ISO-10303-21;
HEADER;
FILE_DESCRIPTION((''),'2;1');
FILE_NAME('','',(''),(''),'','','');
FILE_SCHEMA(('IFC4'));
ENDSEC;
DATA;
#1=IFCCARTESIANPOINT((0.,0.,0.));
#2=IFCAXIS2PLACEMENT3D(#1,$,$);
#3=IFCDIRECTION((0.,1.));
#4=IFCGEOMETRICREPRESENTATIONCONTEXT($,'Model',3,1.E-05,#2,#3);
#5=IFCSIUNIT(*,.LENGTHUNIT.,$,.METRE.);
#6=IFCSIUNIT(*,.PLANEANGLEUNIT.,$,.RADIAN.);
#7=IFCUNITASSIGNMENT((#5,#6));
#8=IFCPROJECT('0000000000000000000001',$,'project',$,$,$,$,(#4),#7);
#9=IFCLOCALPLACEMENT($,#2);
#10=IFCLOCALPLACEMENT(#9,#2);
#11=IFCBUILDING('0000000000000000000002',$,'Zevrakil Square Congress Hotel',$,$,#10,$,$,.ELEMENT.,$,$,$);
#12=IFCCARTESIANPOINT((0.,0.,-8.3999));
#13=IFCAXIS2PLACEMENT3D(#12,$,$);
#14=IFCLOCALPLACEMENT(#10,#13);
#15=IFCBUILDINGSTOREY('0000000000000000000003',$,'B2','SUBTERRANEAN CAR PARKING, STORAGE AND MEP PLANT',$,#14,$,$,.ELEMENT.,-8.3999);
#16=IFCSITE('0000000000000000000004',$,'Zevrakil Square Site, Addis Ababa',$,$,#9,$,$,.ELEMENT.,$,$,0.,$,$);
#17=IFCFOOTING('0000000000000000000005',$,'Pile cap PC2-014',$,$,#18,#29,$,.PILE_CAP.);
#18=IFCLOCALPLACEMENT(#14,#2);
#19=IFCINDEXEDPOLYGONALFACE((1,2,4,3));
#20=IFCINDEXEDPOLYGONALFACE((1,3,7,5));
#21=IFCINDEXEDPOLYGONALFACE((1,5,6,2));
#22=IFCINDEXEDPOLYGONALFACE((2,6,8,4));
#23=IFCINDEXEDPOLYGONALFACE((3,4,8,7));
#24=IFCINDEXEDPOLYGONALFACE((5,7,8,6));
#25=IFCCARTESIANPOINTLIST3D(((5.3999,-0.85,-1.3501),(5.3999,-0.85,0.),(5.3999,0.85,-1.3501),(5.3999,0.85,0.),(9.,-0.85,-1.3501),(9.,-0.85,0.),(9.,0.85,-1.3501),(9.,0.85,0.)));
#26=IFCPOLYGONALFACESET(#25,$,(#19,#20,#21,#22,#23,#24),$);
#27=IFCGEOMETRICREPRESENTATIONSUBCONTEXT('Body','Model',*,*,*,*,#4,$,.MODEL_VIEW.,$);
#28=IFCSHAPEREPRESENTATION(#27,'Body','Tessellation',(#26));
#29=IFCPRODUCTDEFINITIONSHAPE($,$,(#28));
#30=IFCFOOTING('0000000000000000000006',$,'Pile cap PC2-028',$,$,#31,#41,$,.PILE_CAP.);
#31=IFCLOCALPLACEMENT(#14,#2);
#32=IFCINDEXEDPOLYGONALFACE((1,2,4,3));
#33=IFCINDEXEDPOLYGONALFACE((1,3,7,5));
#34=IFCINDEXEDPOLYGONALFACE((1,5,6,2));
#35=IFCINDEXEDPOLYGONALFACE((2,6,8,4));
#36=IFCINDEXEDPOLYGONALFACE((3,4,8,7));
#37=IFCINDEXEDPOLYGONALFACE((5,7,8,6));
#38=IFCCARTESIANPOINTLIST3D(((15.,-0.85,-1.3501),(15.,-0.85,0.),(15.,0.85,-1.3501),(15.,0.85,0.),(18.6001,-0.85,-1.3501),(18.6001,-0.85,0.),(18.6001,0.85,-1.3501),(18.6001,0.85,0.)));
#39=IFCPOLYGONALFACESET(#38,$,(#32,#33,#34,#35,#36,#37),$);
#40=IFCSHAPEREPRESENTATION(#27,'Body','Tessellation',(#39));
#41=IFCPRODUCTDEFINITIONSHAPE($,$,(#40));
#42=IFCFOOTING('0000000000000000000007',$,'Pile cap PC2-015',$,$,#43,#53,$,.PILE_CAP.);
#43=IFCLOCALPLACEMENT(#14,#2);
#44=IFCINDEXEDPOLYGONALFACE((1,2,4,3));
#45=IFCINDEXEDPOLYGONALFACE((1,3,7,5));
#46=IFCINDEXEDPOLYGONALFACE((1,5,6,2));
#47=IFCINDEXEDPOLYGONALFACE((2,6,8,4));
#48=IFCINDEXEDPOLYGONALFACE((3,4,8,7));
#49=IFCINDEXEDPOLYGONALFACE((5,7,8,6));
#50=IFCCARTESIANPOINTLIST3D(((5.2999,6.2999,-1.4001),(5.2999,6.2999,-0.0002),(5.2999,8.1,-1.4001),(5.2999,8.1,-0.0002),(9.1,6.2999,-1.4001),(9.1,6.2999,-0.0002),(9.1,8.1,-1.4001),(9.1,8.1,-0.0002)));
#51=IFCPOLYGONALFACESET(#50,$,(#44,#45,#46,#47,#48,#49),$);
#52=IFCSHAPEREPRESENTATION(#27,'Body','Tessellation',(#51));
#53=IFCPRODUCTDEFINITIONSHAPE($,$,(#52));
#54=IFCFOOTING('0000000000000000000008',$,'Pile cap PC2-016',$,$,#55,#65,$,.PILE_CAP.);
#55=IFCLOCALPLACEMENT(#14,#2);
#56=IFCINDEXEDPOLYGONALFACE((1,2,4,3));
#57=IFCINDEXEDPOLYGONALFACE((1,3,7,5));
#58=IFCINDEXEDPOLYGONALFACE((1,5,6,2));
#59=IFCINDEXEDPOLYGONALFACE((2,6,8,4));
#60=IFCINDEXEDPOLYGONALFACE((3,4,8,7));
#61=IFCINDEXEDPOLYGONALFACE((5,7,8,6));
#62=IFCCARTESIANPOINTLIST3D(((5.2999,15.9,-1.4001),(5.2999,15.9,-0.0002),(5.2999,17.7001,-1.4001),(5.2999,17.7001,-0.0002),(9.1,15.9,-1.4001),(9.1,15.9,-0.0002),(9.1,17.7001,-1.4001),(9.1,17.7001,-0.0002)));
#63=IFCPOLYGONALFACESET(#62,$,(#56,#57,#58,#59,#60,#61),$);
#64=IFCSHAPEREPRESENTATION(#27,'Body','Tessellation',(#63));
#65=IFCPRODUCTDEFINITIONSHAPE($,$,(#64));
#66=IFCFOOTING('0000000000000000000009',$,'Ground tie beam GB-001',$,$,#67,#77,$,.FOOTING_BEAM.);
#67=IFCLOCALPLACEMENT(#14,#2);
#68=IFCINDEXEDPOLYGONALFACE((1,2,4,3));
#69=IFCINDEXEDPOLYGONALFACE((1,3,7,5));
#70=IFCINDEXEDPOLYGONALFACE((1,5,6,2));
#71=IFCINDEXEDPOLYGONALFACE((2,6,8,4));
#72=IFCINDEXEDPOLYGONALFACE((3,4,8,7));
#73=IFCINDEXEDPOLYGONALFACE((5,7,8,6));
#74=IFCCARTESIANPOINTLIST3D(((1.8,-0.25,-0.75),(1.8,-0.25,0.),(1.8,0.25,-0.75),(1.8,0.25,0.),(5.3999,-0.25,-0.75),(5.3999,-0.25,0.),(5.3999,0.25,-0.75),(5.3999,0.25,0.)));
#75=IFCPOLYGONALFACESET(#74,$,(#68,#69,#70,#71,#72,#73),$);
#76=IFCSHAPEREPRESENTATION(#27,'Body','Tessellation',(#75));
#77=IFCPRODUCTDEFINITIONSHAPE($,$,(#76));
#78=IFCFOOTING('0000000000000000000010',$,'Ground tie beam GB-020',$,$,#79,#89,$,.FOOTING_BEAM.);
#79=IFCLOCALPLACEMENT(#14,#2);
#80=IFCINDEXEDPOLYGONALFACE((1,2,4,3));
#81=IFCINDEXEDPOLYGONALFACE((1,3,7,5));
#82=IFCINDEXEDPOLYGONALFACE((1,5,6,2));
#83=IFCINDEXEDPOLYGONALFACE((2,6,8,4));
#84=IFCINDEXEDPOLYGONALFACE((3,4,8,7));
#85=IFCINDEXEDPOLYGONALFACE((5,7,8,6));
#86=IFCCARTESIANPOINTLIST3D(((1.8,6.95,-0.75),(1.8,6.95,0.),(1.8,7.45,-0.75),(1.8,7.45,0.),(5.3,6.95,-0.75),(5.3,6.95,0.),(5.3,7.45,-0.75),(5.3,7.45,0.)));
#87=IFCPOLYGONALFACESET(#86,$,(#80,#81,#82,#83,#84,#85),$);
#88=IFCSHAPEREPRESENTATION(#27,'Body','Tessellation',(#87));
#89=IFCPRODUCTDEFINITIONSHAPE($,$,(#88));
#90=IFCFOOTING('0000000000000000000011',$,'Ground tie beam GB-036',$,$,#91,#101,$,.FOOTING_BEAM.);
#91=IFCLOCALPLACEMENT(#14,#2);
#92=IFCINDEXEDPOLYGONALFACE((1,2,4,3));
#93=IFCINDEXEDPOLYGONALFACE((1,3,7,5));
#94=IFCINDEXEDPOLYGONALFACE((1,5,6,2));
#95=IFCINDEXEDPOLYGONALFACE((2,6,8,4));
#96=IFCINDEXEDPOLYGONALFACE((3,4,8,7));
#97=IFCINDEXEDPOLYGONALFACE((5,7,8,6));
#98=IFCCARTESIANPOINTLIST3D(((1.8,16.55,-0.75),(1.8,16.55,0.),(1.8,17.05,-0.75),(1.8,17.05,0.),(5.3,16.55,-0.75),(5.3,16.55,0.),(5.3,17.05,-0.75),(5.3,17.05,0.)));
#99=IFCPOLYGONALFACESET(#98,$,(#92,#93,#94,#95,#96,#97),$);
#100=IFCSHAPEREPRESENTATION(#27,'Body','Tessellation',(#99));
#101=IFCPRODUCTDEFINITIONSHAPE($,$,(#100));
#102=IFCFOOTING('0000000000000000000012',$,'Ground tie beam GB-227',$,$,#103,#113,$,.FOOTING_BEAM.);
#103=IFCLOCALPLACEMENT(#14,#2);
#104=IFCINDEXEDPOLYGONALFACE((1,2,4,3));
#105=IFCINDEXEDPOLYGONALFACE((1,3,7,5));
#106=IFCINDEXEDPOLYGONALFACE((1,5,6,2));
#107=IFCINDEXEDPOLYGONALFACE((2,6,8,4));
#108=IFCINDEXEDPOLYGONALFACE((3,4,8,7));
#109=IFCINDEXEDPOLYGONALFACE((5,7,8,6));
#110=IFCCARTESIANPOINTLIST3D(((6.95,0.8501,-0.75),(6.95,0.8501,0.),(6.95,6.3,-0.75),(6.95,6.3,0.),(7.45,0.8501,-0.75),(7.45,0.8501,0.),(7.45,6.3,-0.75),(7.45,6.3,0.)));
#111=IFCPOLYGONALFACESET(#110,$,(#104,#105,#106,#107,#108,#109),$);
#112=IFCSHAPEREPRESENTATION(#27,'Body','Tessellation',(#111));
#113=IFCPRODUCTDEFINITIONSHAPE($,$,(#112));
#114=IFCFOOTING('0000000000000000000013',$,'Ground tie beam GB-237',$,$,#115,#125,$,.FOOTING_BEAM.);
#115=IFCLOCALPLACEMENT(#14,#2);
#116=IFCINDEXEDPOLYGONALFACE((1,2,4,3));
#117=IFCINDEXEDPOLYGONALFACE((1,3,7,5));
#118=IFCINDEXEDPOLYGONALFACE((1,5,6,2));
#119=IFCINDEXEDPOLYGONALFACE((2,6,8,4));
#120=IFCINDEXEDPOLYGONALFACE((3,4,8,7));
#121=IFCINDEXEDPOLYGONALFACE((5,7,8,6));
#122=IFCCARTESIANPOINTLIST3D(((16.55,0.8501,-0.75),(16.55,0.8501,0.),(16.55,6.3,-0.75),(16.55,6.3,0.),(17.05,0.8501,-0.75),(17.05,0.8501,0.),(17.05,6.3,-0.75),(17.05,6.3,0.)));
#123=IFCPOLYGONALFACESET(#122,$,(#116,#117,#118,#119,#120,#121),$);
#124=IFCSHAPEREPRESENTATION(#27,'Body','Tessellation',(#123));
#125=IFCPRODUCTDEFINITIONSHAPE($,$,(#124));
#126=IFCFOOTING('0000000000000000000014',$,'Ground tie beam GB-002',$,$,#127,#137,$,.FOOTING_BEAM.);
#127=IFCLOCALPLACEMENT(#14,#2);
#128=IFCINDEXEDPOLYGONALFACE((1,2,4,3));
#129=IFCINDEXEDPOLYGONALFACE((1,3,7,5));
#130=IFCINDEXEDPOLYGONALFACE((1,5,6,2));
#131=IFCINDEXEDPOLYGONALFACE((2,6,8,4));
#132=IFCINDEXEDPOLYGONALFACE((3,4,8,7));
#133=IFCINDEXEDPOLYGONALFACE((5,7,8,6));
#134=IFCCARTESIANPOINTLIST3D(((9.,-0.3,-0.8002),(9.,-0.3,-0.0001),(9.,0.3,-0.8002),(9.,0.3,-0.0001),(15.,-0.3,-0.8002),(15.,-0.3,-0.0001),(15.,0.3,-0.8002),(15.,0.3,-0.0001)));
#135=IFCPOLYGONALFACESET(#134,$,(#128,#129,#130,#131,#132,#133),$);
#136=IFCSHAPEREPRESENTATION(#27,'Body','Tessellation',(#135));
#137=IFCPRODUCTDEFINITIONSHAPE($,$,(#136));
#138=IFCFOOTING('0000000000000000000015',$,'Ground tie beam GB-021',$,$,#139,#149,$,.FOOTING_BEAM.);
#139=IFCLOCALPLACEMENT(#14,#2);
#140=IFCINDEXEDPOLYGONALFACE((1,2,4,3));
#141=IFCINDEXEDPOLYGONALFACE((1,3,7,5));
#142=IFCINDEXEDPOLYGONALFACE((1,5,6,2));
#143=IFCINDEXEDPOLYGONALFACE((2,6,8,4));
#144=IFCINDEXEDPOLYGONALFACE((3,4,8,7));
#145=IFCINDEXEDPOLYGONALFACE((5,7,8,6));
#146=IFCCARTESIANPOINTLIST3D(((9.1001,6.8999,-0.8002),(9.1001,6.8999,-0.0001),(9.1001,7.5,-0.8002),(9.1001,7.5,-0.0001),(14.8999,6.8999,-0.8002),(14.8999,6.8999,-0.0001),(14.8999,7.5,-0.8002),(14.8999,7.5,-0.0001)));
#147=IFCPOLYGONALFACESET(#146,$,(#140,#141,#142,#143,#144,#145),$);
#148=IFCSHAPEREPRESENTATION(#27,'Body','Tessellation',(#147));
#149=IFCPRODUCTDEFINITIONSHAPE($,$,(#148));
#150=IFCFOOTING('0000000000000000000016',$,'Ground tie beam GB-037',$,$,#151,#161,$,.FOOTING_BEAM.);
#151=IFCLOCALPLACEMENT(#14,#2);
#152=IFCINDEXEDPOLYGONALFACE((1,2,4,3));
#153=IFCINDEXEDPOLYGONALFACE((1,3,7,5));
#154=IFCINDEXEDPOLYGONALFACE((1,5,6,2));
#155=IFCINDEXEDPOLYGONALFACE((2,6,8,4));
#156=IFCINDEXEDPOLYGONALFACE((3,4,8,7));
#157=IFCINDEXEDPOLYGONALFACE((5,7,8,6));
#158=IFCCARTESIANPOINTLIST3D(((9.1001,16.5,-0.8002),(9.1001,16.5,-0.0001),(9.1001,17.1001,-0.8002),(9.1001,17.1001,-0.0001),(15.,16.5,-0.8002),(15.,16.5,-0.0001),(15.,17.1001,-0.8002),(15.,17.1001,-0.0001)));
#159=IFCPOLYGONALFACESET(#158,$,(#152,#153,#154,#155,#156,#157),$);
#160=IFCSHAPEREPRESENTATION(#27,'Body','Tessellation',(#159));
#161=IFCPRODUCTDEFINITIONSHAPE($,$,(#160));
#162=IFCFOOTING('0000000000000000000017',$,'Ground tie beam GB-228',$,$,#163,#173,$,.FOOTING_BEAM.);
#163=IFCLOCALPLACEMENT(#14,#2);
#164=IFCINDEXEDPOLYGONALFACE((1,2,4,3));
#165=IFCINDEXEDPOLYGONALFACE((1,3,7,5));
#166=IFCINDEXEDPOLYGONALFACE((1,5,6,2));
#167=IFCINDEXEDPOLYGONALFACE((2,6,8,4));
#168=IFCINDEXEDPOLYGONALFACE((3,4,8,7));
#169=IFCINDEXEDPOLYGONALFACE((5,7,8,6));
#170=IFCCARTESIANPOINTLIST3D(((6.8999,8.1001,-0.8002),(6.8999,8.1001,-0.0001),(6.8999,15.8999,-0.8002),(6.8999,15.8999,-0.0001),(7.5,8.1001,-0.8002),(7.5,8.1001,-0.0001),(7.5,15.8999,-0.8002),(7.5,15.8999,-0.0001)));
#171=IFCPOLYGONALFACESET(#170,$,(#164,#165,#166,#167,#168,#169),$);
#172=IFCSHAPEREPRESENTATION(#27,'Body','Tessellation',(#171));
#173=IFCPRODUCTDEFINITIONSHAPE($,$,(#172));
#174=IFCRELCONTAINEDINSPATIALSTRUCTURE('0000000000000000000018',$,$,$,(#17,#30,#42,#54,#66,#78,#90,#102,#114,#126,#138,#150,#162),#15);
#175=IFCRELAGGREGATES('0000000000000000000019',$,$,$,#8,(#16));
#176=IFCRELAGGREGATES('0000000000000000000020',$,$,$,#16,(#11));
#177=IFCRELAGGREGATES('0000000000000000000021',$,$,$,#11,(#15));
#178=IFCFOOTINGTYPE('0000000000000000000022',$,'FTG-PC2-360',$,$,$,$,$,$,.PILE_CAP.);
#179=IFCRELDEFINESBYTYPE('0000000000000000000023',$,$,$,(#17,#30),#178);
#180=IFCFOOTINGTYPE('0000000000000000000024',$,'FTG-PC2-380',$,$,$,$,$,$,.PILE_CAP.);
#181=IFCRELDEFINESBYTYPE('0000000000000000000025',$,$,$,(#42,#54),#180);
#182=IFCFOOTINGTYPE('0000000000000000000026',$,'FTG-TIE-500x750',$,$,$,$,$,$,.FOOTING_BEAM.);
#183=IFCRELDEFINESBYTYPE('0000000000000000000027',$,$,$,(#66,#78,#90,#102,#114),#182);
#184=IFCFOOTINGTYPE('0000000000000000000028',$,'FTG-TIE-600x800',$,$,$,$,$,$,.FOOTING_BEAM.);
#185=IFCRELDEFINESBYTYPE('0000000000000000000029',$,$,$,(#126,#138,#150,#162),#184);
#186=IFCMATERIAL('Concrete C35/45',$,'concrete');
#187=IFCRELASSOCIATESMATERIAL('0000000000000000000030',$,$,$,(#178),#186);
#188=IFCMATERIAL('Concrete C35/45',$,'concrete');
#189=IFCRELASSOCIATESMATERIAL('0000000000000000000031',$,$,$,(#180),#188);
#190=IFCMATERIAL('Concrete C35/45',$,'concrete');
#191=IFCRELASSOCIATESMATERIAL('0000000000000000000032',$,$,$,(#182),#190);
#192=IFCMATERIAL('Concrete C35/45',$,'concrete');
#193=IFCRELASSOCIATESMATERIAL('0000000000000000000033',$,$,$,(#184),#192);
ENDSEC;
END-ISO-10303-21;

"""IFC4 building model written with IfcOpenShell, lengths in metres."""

from ifc_helpers import new_model, si_unit, direction, frame, origin, origin_2d, place, context, subcontext, project, spatial, rectangle, extrude, material, material_profile, profile_set, type_object, element, save


model = new_model("IFC4")

# Units and contexts
model_context = context("Model", 3, precision=1e-05, world=origin(), true_north=direction((0.0, 1.0)))
body_context = subcontext(model_context, "Body", "Model", "MODEL_VIEW")
ifc_project = project(units=[si_unit("LENGTHUNIT", "METRE"), si_unit("PLANEANGLEUNIT", "RADIAN")], contexts=[model_context])

# Site, building, storey
site_placement = place(None, origin())
site = spatial("IfcSite", under=ifc_project, at=site_placement, Name="Zevrakil Square Site, Addis Ababa", CompositionType="ELEMENT", RefElevation=0.0)
building_placement = place(site_placement, origin())
building = spatial("IfcBuilding", under=site, at=building_placement, Name="Zevrakil Square Congress Hotel", CompositionType="ELEMENT")
storey_placement = place(building_placement, frame((0.0, 0.0, -8.3999)))
storey = spatial("IfcBuildingStorey", under=building, at=storey_placement, Name="B2", Description="SUBTERRANEAN CAR PARKING, STORAGE AND MEP PLANT", CompositionType="ELEMENT", Elevation=-8.3999)

# Footings
ifc_material_1 = material(Name="Concrete C35/45", Category="concrete")
footing_type_1 = type_object("IfcFootingType", Name="FTG-PC2-360", PredefinedType="PILE_CAP", material=ifc_material_1)
for number, where, z_axis, x_axis, name in (
    (1, (7.2, 0.0, -1.3501), (0.0, 0.0, 1.0), (1.0, 0.0, 0.0), "Pile cap PC2-014"),
    (2, (16.8, 0.0, -1.3501), (0.0, 0.0, 1.0), (1.0, 0.0, 0.0), "Pile cap PC2-028"),
):
    element("IfcFooting", number, at=place(storey_placement, frame(where, z_axis=z_axis, x_axis=x_axis)), inside=storey, type_object=footing_type_1, Name=name, PredefinedType="PILE_CAP", context=body_context, shape_type="SweptSolid", body=[
        extrude(rectangle(XDim=3.6001, YDim=1.7, at=origin_2d()), origin(), (0.0, 0.0, 1.0), 1.3501),
    ])
ifc_material_2 = material(Name="Concrete C35/45", Category="concrete")
footing_type_2 = type_object("IfcFootingType", Name="FTG-PC2-380", PredefinedType="PILE_CAP", material=ifc_material_2)
for number, where, z_axis, x_axis, name in (
    (3, (7.2, 7.2, -1.4001), (0.0, 0.0, 1.0), (1.0, 0.0, 0.0), "Pile cap PC2-015"),
    (4, (7.2, 16.8, -1.4001), (0.0, 0.0, 1.0), (1.0, 0.0, 0.0), "Pile cap PC2-016"),
):
    element("IfcFooting", number, at=place(storey_placement, frame(where, z_axis=z_axis, x_axis=x_axis)), inside=storey, type_object=footing_type_2, Name=name, PredefinedType="PILE_CAP", context=body_context, shape_type="SweptSolid", body=[
        extrude(rectangle(XDim=3.8, YDim=1.8, at=origin_2d()), origin(), (0.0, 0.0, 1.0), 1.3999),
    ])
ifc_material_3 = material(Name="Concrete C35/45", Category="concrete")
ifc_material_profile_1 = material_profile(ifc_material_3, rectangle(XDim=0.5, YDim=0.75, at=origin_2d()), Name="RC 500x750")
ifc_profile_set_1 = profile_set([ifc_material_profile_1], Name="Concrete C35/45")
footing_type_3 = type_object("IfcFootingType", Name="FTG-TIE-500x750", PredefinedType="FOOTING_BEAM", material=ifc_profile_set_1)
footing_1_placement = place(storey_placement, frame((1.8, 0.0, -0.375), z_axis=(1.0, 0.0, 0.0), x_axis=(0.0, 1.0, 0.0)))
element("IfcFooting", 5, at=footing_1_placement, inside=storey, type_object=footing_type_3, Name="Ground tie beam GB-001", PredefinedType="FOOTING_BEAM", context=body_context, shape_type="SweptSolid", body=[
    extrude(rectangle(XDim=0.5, YDim=0.75, at=origin_2d()), origin(), (0.0, 0.0, 1.0), 3.5999),
])
for number, where, z_axis, x_axis, name in (
    (6, (1.8, 7.2, -0.375), (1.0, 0.0, 0.0), (0.0, 1.0, 0.0), "Ground tie beam GB-020"),
    (7, (1.8, 16.8, -0.375), (1.0, 0.0, 0.0), (0.0, 1.0, 0.0), "Ground tie beam GB-036"),
):
    element("IfcFooting", number, at=place(storey_placement, frame(where, z_axis=z_axis, x_axis=x_axis)), inside=storey, type_object=footing_type_3, Name=name, PredefinedType="FOOTING_BEAM", context=body_context, shape_type="SweptSolid", body=[
        extrude(rectangle(XDim=0.5, YDim=0.75, at=origin_2d()), origin(), (0.0, 0.0, 1.0), 3.5),
    ])
for number, where, z_axis, x_axis, name in (
    (8, (7.2, 0.8501, -0.375), (0.0, 1.0, 0.0), (-1.0, 0.0, 0.0), "Ground tie beam GB-227"),
    (9, (16.8, 0.8501, -0.375), (0.0, 1.0, 0.0), (-1.0, 0.0, 0.0), "Ground tie beam GB-237"),
):
    element("IfcFooting", number, at=place(storey_placement, frame(where, z_axis=z_axis, x_axis=x_axis)), inside=storey, type_object=footing_type_3, Name=name, PredefinedType="FOOTING_BEAM", context=body_context, shape_type="SweptSolid", body=[
        extrude(rectangle(XDim=0.5, YDim=0.75, at=origin_2d()), origin(), (0.0, 0.0, 1.0), 5.45),
    ])
ifc_material_4 = material(Name="Concrete C35/45", Category="concrete")
ifc_material_profile_2 = material_profile(ifc_material_4, rectangle(XDim=0.6001, YDim=0.8, at=origin_2d()), Name="RC 600x800")
ifc_profile_set_2 = profile_set([ifc_material_profile_2], Name="Concrete C35/45")
footing_type_4 = type_object("IfcFootingType", Name="FTG-TIE-600x800", PredefinedType="FOOTING_BEAM", material=ifc_profile_set_2)
footing_2_placement = place(storey_placement, frame((9.0, 0.0, -0.4001), z_axis=(1.0, 0.0, 0.0), x_axis=(0.0, 1.0, 0.0)))
element("IfcFooting", 10, at=footing_2_placement, inside=storey, type_object=footing_type_4, Name="Ground tie beam GB-002", PredefinedType="FOOTING_BEAM", context=body_context, shape_type="SweptSolid", body=[
    extrude(rectangle(XDim=0.6001, YDim=0.8, at=origin_2d()), origin(), (0.0, 0.0, 1.0), 6.0),
])
footing_3_placement = place(storey_placement, frame((9.1001, 7.2, -0.4001), z_axis=(1.0, 0.0, 0.0), x_axis=(0.0, 1.0, 0.0)))
element("IfcFooting", 11, at=footing_3_placement, inside=storey, type_object=footing_type_4, Name="Ground tie beam GB-021", PredefinedType="FOOTING_BEAM", context=body_context, shape_type="SweptSolid", body=[
    extrude(rectangle(XDim=0.6001, YDim=0.8, at=origin_2d()), origin(), (0.0, 0.0, 1.0), 5.7998),
])
footing_4_placement = place(storey_placement, frame((9.1001, 16.8, -0.4001), z_axis=(1.0, 0.0, 0.0), x_axis=(0.0, 1.0, 0.0)))
element("IfcFooting", 12, at=footing_4_placement, inside=storey, type_object=footing_type_4, Name="Ground tie beam GB-037", PredefinedType="FOOTING_BEAM", context=body_context, shape_type="SweptSolid", body=[
    extrude(rectangle(XDim=0.6001, YDim=0.8, at=origin_2d()), origin(), (0.0, 0.0, 1.0), 5.8999),
])
footing_5_placement = place(storey_placement, frame((7.2, 8.1001, -0.4001), z_axis=(0.0, 1.0, 0.0), x_axis=(-1.0, 0.0, 0.0)))
element("IfcFooting", 13, at=footing_5_placement, inside=storey, type_object=footing_type_4, Name="Ground tie beam GB-228", PredefinedType="FOOTING_BEAM", context=body_context, shape_type="SweptSolid", body=[
    extrude(rectangle(XDim=0.6001, YDim=0.8, at=origin_2d()), origin(), (0.0, 0.0, 1.0), 7.7998),
])

save(model, "model.ifc")
